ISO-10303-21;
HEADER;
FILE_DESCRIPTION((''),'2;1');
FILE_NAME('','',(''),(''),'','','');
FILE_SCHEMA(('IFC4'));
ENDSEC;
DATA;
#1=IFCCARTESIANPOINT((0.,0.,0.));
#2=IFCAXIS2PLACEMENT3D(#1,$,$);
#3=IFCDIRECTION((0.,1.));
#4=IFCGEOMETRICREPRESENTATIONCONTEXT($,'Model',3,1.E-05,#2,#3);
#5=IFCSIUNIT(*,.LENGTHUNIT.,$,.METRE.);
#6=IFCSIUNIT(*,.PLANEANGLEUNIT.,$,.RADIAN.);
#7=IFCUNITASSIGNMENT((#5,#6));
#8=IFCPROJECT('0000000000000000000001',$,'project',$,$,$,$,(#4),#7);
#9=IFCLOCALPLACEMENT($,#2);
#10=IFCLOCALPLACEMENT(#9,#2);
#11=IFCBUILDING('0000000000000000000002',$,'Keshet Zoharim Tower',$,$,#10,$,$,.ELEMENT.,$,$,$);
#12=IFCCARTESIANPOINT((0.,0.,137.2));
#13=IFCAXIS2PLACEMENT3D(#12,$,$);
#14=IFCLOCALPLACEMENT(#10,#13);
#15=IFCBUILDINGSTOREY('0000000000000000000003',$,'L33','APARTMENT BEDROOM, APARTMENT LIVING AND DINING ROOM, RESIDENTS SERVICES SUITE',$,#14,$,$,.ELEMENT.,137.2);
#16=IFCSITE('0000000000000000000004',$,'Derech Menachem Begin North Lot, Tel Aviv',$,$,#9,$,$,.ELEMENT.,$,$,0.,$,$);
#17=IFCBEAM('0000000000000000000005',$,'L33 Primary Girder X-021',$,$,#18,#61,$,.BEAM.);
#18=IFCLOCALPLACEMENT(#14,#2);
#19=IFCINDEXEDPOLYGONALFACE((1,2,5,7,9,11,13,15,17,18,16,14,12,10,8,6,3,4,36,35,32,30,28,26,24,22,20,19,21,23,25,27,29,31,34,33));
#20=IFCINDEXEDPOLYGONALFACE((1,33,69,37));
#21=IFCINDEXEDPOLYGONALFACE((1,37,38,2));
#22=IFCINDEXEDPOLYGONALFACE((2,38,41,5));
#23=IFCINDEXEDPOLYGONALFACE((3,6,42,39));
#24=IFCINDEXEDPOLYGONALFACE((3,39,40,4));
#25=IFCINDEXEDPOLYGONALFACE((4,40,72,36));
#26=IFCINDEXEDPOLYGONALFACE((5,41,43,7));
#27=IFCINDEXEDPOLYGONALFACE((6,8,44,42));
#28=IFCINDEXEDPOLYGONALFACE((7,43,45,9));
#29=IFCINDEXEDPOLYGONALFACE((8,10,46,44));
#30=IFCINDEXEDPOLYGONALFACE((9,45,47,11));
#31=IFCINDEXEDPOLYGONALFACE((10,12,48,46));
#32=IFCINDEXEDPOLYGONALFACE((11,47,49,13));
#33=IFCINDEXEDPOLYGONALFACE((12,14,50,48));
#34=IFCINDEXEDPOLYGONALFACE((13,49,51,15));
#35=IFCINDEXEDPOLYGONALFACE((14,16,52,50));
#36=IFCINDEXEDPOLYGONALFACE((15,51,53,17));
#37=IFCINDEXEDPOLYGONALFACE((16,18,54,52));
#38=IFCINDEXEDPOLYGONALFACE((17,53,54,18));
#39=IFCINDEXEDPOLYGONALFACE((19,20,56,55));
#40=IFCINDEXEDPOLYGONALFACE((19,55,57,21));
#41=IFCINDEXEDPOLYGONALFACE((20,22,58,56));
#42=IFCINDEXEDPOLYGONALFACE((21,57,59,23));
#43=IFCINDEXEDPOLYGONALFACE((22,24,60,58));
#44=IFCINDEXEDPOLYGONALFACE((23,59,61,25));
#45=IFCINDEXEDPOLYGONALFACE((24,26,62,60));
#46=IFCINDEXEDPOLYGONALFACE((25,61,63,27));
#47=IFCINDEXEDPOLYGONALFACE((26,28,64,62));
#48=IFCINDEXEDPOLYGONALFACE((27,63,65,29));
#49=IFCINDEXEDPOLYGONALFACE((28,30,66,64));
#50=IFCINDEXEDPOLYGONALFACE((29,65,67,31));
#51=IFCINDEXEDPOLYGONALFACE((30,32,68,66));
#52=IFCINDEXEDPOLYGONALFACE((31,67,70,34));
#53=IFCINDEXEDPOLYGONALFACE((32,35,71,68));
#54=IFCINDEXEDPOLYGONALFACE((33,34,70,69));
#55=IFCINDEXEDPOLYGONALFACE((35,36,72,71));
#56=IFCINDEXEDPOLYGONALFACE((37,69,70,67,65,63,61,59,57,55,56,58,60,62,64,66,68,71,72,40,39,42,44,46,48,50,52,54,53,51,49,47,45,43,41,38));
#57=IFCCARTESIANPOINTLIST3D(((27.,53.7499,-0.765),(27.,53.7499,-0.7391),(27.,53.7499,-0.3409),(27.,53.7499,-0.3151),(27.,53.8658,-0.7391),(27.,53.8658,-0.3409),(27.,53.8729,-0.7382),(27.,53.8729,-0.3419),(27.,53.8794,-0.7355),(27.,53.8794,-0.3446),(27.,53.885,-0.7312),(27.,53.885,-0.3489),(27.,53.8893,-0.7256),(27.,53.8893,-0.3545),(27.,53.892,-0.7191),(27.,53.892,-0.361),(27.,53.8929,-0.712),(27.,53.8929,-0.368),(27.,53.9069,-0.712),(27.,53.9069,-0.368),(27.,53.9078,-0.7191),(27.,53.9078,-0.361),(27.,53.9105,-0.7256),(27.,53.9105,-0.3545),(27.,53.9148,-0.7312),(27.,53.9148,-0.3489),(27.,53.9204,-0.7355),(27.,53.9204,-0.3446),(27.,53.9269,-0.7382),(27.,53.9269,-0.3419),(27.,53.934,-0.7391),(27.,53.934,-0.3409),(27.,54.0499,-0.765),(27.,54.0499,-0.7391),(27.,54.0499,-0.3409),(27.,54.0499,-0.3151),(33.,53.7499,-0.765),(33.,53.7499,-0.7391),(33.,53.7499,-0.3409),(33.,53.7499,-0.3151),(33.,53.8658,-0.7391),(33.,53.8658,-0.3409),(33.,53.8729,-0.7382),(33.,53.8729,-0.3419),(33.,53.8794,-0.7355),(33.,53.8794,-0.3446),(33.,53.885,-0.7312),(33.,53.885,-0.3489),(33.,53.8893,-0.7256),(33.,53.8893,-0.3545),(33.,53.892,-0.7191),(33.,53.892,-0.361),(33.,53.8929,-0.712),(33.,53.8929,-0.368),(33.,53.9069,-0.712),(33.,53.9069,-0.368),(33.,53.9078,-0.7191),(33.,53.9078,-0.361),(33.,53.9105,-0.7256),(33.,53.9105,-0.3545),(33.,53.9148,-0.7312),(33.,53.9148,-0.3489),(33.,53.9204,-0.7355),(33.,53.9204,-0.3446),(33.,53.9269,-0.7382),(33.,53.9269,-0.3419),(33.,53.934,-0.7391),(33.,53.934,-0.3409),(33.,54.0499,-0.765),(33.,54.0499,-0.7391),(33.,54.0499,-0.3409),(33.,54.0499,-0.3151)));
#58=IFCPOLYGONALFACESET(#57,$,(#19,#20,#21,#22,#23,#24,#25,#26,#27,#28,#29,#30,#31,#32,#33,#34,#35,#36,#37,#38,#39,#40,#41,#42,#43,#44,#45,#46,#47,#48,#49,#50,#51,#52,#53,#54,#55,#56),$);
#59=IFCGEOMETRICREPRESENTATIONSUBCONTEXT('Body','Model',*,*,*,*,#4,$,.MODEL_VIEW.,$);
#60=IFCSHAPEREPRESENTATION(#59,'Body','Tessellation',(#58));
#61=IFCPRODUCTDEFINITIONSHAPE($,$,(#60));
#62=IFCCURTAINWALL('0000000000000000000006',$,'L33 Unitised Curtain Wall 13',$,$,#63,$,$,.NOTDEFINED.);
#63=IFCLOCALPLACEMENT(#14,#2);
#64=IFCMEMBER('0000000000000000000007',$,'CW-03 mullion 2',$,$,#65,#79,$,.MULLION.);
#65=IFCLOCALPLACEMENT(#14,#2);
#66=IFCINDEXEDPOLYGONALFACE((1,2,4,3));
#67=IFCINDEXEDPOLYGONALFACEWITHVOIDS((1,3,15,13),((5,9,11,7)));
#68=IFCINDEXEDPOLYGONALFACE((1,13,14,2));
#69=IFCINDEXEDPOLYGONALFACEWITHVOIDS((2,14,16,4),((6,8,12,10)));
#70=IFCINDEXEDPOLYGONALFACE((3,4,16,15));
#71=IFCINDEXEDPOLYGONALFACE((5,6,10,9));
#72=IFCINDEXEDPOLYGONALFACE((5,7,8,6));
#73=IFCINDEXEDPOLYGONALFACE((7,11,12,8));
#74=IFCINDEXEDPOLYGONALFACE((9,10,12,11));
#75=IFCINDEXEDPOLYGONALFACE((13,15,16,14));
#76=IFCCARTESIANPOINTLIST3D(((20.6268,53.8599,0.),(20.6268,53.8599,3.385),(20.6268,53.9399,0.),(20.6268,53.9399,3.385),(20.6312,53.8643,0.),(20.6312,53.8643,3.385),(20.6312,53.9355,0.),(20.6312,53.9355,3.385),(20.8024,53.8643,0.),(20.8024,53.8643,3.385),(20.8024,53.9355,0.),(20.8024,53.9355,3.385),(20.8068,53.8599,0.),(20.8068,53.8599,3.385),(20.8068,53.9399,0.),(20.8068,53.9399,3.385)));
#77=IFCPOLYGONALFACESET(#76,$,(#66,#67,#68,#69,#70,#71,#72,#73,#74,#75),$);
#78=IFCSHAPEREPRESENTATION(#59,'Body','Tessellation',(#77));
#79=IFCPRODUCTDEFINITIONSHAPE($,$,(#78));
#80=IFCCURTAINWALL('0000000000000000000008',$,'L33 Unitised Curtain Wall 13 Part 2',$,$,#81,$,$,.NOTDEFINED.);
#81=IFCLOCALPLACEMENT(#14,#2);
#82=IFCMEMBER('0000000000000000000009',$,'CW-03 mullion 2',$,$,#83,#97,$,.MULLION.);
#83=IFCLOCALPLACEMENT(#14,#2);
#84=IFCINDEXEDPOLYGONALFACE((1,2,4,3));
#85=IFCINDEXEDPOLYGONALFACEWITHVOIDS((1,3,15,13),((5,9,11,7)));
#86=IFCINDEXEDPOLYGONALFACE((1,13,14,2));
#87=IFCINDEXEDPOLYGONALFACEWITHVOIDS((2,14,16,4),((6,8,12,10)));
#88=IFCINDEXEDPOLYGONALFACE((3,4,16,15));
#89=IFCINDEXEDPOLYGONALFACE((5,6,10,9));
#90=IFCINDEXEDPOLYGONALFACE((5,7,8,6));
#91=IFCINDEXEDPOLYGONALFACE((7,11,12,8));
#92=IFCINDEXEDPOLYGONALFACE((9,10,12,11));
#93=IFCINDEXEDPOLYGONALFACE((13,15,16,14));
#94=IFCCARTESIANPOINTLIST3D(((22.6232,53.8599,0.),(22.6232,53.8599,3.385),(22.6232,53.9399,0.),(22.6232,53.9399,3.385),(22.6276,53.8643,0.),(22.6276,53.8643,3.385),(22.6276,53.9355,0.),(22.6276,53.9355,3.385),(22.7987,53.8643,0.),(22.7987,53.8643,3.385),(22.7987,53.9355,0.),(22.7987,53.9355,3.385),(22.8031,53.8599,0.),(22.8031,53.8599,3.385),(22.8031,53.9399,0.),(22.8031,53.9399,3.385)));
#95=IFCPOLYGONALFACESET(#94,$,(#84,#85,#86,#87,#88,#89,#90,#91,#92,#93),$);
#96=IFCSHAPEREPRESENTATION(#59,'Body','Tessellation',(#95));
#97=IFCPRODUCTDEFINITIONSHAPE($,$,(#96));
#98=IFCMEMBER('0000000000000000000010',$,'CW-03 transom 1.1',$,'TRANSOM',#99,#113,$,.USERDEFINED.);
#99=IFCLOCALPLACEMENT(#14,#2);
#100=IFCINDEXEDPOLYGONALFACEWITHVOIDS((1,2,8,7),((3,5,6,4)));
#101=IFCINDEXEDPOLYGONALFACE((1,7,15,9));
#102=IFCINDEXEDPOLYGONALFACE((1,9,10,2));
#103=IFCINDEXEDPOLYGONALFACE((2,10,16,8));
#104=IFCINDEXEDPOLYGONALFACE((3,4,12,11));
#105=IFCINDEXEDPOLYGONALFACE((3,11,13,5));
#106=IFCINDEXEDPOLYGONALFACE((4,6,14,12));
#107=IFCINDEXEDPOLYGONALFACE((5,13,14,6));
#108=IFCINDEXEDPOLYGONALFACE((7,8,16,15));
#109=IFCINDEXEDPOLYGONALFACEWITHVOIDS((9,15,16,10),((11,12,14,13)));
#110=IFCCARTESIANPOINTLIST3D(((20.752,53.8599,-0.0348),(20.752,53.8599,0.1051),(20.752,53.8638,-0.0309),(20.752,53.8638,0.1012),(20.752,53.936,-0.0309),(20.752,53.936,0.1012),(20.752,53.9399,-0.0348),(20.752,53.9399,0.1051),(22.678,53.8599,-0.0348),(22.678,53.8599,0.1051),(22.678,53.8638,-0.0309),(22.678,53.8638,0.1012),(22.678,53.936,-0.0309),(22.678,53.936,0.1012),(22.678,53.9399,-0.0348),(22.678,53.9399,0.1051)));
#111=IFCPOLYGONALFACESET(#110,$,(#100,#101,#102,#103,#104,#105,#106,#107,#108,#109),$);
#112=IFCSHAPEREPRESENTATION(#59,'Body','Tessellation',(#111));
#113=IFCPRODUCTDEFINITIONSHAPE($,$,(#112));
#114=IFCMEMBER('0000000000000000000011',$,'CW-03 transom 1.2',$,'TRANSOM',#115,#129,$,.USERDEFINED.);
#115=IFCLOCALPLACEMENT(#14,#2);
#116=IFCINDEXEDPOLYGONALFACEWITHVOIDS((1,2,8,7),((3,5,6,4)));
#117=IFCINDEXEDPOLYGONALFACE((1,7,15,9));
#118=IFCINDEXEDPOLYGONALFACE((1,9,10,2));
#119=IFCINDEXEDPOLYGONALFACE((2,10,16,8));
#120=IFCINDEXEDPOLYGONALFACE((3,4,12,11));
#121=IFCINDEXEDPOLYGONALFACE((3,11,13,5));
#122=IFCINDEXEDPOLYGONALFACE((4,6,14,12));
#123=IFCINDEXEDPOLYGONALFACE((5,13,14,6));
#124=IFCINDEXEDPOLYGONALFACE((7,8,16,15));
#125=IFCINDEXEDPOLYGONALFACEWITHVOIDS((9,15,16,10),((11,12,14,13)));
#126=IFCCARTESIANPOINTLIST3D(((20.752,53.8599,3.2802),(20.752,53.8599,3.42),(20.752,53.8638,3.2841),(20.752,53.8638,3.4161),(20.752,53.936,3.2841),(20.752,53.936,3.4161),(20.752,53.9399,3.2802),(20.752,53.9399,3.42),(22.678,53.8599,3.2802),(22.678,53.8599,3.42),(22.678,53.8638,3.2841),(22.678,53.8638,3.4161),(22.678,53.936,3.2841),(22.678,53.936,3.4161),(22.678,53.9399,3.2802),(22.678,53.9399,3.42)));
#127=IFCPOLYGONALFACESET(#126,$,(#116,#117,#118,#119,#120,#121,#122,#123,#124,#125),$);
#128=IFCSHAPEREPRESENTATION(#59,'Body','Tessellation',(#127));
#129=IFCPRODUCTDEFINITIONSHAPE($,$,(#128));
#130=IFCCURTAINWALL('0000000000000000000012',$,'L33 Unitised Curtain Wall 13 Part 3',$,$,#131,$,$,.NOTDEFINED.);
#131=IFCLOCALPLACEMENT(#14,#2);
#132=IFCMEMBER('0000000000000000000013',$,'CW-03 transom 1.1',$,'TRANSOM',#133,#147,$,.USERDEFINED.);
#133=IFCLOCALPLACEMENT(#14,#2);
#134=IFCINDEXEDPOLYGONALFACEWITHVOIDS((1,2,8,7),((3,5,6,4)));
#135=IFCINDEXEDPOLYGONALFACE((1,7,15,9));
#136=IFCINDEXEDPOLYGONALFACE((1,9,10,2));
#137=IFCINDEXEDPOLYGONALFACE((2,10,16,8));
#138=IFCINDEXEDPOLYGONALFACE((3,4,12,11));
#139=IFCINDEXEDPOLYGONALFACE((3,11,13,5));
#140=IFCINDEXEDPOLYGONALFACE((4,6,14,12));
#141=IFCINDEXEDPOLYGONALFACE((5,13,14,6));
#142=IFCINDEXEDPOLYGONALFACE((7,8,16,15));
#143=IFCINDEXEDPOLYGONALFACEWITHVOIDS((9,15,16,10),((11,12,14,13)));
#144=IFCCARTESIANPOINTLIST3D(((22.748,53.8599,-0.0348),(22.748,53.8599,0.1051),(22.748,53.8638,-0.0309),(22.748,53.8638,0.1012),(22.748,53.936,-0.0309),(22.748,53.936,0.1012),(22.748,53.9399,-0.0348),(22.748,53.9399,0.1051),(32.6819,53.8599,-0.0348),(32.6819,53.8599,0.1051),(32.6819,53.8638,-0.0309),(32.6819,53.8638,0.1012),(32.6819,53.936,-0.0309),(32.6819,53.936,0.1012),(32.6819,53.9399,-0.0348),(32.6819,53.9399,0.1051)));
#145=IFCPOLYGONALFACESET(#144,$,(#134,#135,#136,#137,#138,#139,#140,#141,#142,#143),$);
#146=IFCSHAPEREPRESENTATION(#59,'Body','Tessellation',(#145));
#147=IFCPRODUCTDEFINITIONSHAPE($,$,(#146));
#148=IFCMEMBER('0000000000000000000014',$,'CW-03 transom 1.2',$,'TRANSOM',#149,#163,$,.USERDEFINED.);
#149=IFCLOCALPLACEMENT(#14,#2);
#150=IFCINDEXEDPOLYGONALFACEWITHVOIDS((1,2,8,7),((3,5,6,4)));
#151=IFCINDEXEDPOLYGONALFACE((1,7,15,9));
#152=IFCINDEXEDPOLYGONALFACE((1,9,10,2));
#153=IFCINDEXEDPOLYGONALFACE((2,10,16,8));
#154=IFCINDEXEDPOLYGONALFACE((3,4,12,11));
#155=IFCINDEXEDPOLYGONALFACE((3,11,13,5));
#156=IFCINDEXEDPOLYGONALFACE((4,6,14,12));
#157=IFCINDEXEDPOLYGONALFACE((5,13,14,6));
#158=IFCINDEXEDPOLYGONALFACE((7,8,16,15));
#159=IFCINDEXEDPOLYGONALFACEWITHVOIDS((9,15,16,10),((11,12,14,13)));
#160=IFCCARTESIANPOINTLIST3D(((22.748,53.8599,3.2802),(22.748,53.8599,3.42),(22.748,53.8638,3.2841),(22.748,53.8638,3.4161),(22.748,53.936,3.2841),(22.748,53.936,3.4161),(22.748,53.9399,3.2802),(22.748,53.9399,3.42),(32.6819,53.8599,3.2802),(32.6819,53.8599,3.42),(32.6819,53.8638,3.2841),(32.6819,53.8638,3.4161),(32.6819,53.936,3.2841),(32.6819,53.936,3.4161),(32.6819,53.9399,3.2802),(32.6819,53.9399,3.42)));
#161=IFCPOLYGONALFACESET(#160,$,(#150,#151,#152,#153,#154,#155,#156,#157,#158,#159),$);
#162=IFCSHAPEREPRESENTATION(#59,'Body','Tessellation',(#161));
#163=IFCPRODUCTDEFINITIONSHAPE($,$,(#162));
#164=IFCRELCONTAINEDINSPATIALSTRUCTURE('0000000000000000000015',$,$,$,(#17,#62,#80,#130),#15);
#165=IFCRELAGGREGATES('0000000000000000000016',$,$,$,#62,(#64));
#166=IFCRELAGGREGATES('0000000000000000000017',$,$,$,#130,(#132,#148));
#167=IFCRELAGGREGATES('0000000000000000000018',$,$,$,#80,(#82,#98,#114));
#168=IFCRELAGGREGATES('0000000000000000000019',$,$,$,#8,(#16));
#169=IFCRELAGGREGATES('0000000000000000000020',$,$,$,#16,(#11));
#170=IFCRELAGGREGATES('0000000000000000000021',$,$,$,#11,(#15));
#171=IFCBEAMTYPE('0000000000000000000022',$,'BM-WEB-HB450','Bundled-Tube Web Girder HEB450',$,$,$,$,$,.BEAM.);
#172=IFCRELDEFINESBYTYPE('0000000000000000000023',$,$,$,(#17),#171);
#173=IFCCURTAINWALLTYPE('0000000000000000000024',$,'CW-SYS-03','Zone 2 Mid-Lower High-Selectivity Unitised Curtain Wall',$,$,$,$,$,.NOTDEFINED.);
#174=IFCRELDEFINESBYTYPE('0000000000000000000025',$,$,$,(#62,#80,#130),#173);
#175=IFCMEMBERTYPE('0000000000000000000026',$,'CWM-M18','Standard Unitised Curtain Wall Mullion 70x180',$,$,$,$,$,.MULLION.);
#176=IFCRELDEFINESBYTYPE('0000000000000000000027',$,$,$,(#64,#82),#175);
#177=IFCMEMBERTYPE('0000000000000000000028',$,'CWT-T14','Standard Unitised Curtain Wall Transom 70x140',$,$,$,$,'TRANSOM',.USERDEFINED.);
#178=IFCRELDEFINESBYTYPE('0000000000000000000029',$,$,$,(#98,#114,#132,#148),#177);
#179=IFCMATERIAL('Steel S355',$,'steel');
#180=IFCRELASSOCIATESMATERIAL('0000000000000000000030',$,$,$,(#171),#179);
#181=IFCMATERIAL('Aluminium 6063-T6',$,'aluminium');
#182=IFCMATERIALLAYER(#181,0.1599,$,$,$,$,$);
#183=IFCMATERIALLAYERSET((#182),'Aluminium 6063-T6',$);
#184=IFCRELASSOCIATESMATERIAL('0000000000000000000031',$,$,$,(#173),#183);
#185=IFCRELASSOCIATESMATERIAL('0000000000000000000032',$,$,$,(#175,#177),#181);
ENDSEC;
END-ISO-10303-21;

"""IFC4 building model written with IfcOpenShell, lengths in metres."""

from ifc_helpers import new_model, si_unit, direction, frame, origin, origin_2d, place, context, subcontext, project, spatial, hollow_rectangle, i_section, extrude, material, layer, layer_set, material_profile, profile_set, type_object, element, aggregate, save


model = new_model("IFC4")

# Units and contexts
model_context = context("Model", 3, precision=1e-05, world=origin(), true_north=direction((0.0, 1.0)))
body_context = subcontext(model_context, "Body", "Model", "MODEL_VIEW")
ifc_project = project(units=[si_unit("LENGTHUNIT", "METRE"), si_unit("PLANEANGLEUNIT", "RADIAN")], contexts=[model_context])

# Site, building, storey
site_placement = place(None, origin())
site = spatial("IfcSite", under=ifc_project, at=site_placement, Name="Derech Menachem Begin North Lot, Tel Aviv", CompositionType="ELEMENT", RefElevation=0.0)
building_placement = place(site_placement, origin())
building = spatial("IfcBuilding", under=site, at=building_placement, Name="Keshet Zoharim Tower", CompositionType="ELEMENT")
storey_placement = place(building_placement, frame((0.0, 0.0, 137.2)))
storey = spatial("IfcBuildingStorey", under=building, at=storey_placement, Name="L33", Description="APARTMENT BEDROOM, APARTMENT LIVING AND DINING ROOM, RESIDENTS SERVICES SUITE", CompositionType="ELEMENT", Elevation=137.2)

# Shared definitions
ifc_material_1 = material(Name="Steel S355", Category="steel")

# Beam
ifc_material_profile_1 = material_profile(ifc_material_1, i_section(OverallWidth=0.3, OverallDepth=0.45, WebThickness=0.0139, FlangeThickness=0.0259, FilletRadius=0.0271, at=origin_2d()), Name="HEB450")
ifc_profile_set_1 = profile_set([ifc_material_profile_1], Name="Steel S355")
beam_type_1 = type_object("IfcBeamType", Name="BM-WEB-HB450", Description="Bundled-Tube Web Girder HEB450", PredefinedType="BEAM", material=ifc_profile_set_1)
for number, where, z_axis, x_axis, name in (
    (1, (27.0, 53.8999, -0.54), (1.0, 0.0, 0.0), (0.0, 1.0, 0.0), "L33 Primary Girder X-021"),
):
    element("IfcBeam", number, at=place(storey_placement, frame(where, z_axis=z_axis, x_axis=x_axis)), inside=storey, type_object=beam_type_1, Name=name, PredefinedType="BEAM", context=body_context, shape_type="SweptSolid", body=[
        extrude(i_section(OverallWidth=0.3, OverallDepth=0.45, WebThickness=0.0139, FlangeThickness=0.0259, FilletRadius=0.0271, at=origin_2d()), origin(), (0.0, 0.0, 1.0), 6.0),
    ])

# Curtain wall, member
ifc_material_2 = material(Name="Aluminium 6063-T6", Category="aluminium")
ifc_layer_1 = layer(ifc_material_2, 0.1599)
ifc_layer_set_1 = layer_set([ifc_layer_1], Name="Aluminium 6063-T6")
curtain_wall_type = type_object("IfcCurtainWallType", Name="CW-SYS-03", Description="Zone 2 Mid-Lower High-Selectivity Unitised Curtain Wall", PredefinedType="NOTDEFINED", material=ifc_layer_set_1)
curtain_wall_1_placement = place(storey_placement, origin())
curtain_wall_1 = element("IfcCurtainWall", 2, at=curtain_wall_1_placement, inside=storey, type_object=curtain_wall_type, Name="L33 Unitised Curtain Wall 13", PredefinedType="NOTDEFINED")
ifc_material_profile_2 = material_profile(ifc_material_2, hollow_rectangle(XDim=0.0801, YDim=0.1799, WallThickness=0.0044, at=origin_2d()), Name="MUL-80x180")
ifc_profile_set_2 = profile_set([ifc_material_profile_2], Name="Aluminium 6063-T6")
member_type_1 = type_object("IfcMemberType", Name="CWM-M18", Description="Standard Unitised Curtain Wall Mullion 70x180", PredefinedType="MULLION", material=ifc_profile_set_2)
member_1_placement = place(storey_placement, frame((20.7168, 53.8999, 0.0), z_axis=(0.0, 0.0, 1.0), x_axis=(0.0, 1.0, 0.0)))
member_1 = element("IfcMember", 3, at=member_1_placement, type_object=member_type_1, Name="CW-03 mullion 2", PredefinedType="MULLION", context=body_context, shape_type="SweptSolid", body=[
    extrude(hollow_rectangle(XDim=0.0801, YDim=0.1799, WallThickness=0.0044, at=origin_2d()), origin(), (0.0, 0.0, 1.0), 3.385),
])

# Curtain walls, members
curtain_wall_2_placement = place(storey_placement, origin())
curtain_wall_2 = element("IfcCurtainWall", 4, at=curtain_wall_2_placement, inside=storey, type_object=curtain_wall_type, Name="L33 Unitised Curtain Wall 13 Part 2", PredefinedType="NOTDEFINED")
member_2_placement = place(storey_placement, frame((22.7131, 53.8999, 0.0), z_axis=(0.0, 0.0, 1.0), x_axis=(0.0, 1.0, 0.0)))
member_2 = element("IfcMember", 5, at=member_2_placement, type_object=member_type_1, Name="CW-03 mullion 2", PredefinedType="MULLION", context=body_context, shape_type="SweptSolid", body=[
    extrude(hollow_rectangle(XDim=0.0801, YDim=0.1799, WallThickness=0.0044, at=origin_2d()), origin(), (0.0, 0.0, 1.0), 3.385),
])
ifc_material_profile_3 = material_profile(ifc_material_2, hollow_rectangle(XDim=0.0801, YDim=0.1399, WallThickness=0.0039, at=origin_2d()), Name="TRN-80x140")
ifc_profile_set_3 = profile_set([ifc_material_profile_3], Name="Aluminium 6063-T6")
member_type_2 = type_object("IfcMemberType", Name="CWT-T14", Description="Standard Unitised Curtain Wall Transom 70x140", ElementType="TRANSOM", PredefinedType="USERDEFINED", material=ifc_profile_set_3)
member_3_placement = place(storey_placement, frame((20.752, 53.8999, 0.0352), z_axis=(1.0, 0.0, 0.0), x_axis=(0.0, 1.0, 0.0)))
member_3 = element("IfcMember", 6, at=member_3_placement, type_object=member_type_2, Name="CW-03 transom 1.1", ObjectType="TRANSOM", PredefinedType="USERDEFINED", context=body_context, shape_type="SweptSolid", body=[
    extrude(hollow_rectangle(XDim=0.0801, YDim=0.1399, WallThickness=0.0039, at=origin_2d()), origin(), (0.0, 0.0, 1.0), 1.926),
])
member_4_placement = place(storey_placement, frame((20.752, 53.8999, 3.3501), z_axis=(1.0, 0.0, 0.0), x_axis=(0.0, 1.0, 0.0)))
member_4 = element("IfcMember", 7, at=member_4_placement, type_object=member_type_2, Name="CW-03 transom 1.2", ObjectType="TRANSOM", PredefinedType="USERDEFINED", context=body_context, shape_type="SweptSolid", body=[
    extrude(hollow_rectangle(XDim=0.0801, YDim=0.1399, WallThickness=0.0039, at=origin_2d()), origin(), (0.0, 0.0, 1.0), 1.926),
])
curtain_wall_3_placement = place(storey_placement, origin())
curtain_wall_3 = element("IfcCurtainWall", 8, at=curtain_wall_3_placement, inside=storey, type_object=curtain_wall_type, Name="L33 Unitised Curtain Wall 13 Part 3", PredefinedType="NOTDEFINED")
member_5_placement = place(storey_placement, frame((22.748, 53.8999, 0.0352), z_axis=(1.0, 0.0, 0.0), x_axis=(0.0, 1.0, 0.0)))
member_5 = element("IfcMember", 9, at=member_5_placement, type_object=member_type_2, Name="CW-03 transom 1.1", ObjectType="TRANSOM", PredefinedType="USERDEFINED", context=body_context, shape_type="SweptSolid", body=[
    extrude(hollow_rectangle(XDim=0.0801, YDim=0.1399, WallThickness=0.0039, at=origin_2d()), origin(), (0.0, 0.0, 1.0), 9.9338),
])
member_6_placement = place(storey_placement, frame((22.748, 53.8999, 3.3501), z_axis=(1.0, 0.0, 0.0), x_axis=(0.0, 1.0, 0.0)))
member_6 = element("IfcMember", 10, at=member_6_placement, type_object=member_type_2, Name="CW-03 transom 1.2", ObjectType="TRANSOM", PredefinedType="USERDEFINED", context=body_context, shape_type="SweptSolid", body=[
    extrude(hollow_rectangle(XDim=0.0801, YDim=0.1399, WallThickness=0.0039, at=origin_2d()), origin(), (0.0, 0.0, 1.0), 9.9338),
])

aggregate(curtain_wall_1, [member_1])
aggregate(curtain_wall_3, [member_5, member_6])
aggregate(curtain_wall_2, [member_2, member_3, member_4])

save(model, "model.ifc")
